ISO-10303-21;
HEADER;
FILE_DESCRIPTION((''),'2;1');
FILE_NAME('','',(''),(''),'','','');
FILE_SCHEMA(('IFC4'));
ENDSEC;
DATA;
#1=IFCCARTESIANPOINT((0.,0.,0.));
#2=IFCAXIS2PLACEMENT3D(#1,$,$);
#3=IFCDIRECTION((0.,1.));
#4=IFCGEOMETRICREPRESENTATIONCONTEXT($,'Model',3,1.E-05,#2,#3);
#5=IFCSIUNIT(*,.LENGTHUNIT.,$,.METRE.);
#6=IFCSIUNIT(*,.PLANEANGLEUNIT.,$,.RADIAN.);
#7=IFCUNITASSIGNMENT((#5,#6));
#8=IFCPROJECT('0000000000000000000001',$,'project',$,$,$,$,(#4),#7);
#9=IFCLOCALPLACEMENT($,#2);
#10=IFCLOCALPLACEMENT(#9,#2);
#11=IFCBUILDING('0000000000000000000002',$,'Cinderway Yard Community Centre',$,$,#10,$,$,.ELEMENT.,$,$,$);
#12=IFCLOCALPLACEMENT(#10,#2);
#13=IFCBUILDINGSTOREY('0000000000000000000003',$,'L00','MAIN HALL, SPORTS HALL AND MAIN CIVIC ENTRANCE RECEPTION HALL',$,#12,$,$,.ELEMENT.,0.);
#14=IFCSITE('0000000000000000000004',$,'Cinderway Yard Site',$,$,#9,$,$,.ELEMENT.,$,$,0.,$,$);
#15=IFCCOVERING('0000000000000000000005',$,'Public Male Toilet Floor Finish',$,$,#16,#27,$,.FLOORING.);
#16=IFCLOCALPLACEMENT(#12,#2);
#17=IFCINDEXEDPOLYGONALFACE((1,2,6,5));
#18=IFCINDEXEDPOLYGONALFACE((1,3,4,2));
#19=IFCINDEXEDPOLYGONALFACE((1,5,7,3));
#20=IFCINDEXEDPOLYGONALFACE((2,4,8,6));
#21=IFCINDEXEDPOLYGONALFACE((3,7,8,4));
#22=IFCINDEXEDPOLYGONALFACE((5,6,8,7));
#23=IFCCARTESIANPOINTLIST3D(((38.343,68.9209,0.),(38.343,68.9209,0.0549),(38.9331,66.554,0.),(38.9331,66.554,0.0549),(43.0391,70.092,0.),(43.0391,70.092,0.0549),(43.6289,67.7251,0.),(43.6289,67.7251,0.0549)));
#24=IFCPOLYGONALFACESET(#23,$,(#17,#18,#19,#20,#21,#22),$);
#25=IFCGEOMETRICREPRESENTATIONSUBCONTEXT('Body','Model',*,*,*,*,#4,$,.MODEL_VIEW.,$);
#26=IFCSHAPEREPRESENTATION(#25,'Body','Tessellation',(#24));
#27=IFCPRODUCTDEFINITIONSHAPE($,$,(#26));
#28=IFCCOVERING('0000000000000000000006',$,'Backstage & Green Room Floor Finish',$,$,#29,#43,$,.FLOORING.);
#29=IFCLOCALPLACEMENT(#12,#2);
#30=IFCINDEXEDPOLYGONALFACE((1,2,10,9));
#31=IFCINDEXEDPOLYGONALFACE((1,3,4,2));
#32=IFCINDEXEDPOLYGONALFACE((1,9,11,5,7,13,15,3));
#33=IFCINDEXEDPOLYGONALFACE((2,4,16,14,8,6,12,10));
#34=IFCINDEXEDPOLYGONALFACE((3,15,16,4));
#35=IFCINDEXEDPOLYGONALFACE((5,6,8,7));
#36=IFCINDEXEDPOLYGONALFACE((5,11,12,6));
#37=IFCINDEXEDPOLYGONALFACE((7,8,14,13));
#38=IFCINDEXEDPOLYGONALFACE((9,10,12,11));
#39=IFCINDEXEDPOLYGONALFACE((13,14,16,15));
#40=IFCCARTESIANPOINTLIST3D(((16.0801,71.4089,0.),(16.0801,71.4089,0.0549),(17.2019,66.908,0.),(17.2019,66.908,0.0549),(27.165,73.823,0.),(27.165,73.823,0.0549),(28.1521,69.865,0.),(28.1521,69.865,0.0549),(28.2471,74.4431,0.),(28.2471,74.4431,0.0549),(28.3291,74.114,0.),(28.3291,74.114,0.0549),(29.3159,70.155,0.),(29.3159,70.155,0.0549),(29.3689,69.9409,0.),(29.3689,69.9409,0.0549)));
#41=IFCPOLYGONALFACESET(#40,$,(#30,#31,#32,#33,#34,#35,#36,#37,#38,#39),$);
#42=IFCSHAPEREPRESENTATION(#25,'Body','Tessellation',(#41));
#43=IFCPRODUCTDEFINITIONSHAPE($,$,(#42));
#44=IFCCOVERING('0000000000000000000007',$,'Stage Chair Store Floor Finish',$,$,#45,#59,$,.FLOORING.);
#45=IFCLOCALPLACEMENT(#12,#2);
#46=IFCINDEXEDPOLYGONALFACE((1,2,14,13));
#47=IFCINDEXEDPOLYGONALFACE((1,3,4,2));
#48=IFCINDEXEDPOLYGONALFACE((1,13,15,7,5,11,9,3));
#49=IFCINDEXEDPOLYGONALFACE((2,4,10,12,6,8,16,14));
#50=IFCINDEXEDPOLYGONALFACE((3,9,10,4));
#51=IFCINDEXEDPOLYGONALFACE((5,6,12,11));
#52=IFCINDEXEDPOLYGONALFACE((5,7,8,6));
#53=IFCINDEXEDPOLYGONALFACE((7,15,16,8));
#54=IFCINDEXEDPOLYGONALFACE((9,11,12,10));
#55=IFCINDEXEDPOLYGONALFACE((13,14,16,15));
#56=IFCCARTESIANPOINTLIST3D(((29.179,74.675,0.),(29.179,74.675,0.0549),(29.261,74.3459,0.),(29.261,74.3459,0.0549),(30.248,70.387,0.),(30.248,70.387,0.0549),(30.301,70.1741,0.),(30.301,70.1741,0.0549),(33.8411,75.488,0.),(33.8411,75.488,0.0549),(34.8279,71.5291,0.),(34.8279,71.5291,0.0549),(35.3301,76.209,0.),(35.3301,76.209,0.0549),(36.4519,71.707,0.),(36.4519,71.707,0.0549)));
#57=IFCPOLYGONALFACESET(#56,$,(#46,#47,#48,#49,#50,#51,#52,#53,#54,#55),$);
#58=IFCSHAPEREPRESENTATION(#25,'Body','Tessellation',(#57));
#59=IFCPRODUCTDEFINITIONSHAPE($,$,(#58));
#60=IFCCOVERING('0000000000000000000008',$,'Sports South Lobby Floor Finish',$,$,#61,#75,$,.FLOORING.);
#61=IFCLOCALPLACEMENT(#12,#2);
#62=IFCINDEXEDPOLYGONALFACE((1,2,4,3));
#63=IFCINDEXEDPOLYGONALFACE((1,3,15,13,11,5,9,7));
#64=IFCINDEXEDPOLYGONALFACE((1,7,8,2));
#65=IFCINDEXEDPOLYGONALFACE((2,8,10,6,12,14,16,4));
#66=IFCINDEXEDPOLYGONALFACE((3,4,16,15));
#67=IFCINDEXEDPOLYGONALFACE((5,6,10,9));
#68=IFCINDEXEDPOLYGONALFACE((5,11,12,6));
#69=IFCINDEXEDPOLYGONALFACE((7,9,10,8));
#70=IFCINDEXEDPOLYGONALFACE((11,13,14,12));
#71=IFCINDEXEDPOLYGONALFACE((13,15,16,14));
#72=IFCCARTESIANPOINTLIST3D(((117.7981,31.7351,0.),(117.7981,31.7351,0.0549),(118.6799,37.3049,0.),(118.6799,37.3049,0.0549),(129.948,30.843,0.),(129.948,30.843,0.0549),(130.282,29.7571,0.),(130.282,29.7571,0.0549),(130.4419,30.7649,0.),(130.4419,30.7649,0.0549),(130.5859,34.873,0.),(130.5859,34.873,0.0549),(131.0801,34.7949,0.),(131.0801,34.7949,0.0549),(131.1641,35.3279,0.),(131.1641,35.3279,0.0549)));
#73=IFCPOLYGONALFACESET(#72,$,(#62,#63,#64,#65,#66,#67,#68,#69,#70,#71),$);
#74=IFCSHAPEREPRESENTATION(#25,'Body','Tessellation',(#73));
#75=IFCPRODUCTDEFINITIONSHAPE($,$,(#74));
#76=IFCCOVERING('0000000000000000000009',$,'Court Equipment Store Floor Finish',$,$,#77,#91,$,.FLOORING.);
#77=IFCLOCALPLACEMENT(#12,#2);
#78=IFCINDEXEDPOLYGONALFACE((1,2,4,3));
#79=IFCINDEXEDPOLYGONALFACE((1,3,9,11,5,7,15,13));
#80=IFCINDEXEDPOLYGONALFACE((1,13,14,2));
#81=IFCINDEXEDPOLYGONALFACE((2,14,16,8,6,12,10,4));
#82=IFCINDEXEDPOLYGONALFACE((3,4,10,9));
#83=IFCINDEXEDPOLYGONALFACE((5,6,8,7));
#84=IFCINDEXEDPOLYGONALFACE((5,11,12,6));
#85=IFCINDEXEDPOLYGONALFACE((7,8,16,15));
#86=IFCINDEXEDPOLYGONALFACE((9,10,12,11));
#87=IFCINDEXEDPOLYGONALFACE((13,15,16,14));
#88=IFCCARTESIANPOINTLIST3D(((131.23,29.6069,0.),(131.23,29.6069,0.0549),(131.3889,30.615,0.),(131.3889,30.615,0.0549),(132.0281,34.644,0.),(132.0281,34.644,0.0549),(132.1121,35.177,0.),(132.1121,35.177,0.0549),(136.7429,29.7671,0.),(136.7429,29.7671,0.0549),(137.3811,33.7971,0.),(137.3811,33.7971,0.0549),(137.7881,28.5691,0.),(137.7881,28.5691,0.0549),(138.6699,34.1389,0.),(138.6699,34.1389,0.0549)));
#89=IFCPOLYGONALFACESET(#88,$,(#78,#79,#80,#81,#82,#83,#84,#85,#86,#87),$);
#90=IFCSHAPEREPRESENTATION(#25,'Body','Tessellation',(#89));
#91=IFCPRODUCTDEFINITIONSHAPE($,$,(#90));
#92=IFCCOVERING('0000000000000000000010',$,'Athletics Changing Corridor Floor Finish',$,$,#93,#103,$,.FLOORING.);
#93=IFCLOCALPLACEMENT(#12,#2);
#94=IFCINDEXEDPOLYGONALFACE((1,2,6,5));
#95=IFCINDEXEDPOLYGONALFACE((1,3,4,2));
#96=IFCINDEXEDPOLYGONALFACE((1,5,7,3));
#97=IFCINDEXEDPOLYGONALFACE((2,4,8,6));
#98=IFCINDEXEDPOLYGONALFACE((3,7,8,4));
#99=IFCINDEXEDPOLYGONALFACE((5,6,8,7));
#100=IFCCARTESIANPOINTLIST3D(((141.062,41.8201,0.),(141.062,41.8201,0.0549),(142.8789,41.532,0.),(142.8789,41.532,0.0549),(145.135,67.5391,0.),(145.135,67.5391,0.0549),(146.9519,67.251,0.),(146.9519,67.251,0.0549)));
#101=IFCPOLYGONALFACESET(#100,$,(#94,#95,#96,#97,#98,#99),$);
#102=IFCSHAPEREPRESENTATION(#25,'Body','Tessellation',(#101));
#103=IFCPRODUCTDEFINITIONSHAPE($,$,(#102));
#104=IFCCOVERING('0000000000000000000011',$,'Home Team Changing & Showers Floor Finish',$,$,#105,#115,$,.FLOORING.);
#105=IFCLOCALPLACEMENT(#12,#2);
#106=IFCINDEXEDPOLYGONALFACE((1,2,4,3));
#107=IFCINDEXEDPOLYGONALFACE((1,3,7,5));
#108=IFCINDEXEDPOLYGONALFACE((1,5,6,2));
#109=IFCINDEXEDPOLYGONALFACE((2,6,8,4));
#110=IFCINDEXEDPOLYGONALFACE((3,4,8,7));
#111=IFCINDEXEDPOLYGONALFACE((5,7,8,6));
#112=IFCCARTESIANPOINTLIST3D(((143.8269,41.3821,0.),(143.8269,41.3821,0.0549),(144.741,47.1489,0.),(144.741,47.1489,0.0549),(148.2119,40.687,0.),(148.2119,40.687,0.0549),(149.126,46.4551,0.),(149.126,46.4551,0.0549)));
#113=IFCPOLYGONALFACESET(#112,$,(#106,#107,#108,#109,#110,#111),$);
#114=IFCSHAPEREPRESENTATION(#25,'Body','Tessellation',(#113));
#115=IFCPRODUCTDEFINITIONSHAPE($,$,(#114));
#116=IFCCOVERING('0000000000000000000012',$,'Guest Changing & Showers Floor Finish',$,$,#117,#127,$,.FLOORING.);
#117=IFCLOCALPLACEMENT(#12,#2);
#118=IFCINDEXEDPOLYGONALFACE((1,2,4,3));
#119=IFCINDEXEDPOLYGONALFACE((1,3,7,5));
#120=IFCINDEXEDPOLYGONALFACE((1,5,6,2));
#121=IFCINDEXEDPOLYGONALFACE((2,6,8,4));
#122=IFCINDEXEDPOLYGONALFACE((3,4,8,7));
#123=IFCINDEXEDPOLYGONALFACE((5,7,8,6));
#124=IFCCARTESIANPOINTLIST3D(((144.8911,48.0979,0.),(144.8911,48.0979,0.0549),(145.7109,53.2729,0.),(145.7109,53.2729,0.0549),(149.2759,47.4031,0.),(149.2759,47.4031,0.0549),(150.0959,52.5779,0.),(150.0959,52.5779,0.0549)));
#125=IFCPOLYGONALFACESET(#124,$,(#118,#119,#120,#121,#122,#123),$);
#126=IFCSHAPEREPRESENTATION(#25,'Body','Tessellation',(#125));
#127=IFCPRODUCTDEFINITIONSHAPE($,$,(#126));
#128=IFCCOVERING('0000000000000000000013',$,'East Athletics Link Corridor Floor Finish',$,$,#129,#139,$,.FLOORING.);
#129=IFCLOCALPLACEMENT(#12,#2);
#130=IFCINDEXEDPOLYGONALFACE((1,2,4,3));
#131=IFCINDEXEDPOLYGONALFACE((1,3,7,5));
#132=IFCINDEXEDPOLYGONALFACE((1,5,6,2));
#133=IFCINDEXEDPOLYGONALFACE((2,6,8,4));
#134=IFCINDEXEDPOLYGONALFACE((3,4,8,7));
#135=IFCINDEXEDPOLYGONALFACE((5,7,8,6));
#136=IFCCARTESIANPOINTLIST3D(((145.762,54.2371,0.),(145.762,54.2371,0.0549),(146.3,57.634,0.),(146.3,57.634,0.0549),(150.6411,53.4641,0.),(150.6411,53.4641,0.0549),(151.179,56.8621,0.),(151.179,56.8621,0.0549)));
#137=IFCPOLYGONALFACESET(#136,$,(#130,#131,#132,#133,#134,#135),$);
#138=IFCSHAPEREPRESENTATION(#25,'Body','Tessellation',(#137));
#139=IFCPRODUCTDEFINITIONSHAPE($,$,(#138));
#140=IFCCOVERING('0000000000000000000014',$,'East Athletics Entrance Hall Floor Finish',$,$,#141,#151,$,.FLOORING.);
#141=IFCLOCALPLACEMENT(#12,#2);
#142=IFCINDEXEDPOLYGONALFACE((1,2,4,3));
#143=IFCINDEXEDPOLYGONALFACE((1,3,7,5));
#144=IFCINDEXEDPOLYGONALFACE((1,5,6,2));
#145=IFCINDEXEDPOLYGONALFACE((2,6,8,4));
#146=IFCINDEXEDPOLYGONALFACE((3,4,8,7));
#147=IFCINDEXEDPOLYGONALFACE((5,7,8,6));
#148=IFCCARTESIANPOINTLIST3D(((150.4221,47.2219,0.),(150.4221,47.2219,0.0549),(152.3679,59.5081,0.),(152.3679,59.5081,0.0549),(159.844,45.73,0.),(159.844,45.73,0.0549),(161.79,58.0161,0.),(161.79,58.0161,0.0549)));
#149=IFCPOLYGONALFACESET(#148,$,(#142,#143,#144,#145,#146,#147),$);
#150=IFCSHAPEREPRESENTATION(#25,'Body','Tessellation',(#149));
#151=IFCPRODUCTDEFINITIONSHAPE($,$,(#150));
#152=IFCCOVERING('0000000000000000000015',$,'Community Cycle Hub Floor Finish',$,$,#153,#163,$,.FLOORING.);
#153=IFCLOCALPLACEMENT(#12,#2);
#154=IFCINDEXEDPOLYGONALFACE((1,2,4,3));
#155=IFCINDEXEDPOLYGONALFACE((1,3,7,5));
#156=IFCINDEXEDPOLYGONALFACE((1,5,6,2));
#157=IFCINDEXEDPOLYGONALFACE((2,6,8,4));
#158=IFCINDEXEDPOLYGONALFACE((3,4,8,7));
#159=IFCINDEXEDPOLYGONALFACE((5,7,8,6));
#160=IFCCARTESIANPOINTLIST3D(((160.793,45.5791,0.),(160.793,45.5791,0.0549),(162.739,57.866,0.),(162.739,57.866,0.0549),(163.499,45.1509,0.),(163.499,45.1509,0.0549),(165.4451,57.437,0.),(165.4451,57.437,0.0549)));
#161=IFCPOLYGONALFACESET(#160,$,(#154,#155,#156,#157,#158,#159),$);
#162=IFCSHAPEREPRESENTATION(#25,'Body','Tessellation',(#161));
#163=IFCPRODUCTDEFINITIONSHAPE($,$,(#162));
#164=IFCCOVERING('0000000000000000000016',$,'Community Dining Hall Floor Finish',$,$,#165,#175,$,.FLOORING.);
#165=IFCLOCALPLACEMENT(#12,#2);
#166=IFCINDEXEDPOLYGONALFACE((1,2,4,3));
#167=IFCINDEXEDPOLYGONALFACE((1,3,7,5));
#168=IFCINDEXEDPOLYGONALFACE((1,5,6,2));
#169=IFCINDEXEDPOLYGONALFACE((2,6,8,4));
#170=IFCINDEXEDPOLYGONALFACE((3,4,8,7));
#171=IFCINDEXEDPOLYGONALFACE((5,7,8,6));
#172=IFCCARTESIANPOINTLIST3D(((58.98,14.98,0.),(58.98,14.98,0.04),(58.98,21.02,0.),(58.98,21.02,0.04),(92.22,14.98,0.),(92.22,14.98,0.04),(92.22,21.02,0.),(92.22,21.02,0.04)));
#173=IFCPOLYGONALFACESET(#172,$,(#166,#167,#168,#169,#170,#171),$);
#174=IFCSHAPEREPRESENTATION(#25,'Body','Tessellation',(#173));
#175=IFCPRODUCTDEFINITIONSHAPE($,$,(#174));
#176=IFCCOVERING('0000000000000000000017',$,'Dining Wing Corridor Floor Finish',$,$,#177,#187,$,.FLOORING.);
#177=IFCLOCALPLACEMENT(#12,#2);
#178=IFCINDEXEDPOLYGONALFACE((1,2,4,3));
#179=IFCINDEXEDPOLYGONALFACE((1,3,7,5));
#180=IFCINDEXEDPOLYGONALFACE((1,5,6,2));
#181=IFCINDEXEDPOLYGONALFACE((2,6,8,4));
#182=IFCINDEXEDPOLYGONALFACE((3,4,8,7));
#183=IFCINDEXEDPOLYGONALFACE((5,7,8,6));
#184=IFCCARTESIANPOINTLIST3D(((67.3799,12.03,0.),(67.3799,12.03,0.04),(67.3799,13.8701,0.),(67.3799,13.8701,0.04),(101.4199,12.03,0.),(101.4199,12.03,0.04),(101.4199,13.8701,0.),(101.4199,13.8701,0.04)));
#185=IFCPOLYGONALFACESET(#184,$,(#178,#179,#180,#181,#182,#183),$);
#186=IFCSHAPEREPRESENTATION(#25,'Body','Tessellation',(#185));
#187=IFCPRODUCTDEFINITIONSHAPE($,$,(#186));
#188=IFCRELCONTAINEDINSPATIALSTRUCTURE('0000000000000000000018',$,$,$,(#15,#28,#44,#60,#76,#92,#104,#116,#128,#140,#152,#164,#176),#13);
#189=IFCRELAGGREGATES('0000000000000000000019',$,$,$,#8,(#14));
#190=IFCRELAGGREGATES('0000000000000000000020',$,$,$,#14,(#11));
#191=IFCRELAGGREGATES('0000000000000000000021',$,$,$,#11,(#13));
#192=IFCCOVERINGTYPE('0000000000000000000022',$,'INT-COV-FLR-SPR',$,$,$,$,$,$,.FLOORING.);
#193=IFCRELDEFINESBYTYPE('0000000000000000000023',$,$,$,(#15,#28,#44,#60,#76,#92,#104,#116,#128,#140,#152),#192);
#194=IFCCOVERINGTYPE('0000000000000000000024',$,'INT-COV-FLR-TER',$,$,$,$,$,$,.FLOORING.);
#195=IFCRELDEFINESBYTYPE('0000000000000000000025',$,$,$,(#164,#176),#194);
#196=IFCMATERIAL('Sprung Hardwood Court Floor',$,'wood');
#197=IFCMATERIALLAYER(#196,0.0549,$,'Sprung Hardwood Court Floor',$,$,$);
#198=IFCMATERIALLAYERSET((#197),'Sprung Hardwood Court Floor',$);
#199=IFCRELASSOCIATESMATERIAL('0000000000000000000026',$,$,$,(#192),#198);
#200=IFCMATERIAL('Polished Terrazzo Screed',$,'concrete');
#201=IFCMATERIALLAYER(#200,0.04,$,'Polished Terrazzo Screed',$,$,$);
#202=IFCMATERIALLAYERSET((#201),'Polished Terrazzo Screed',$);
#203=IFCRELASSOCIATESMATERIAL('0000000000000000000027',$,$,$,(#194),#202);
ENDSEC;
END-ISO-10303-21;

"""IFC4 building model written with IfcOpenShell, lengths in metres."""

from ifc_helpers import new_model, si_unit, direction, origin, place, context, subcontext, project, spatial, polyline, outline, extrude, material, layer, layer_set, type_object, element, save


model = new_model("IFC4")

# Units and contexts
model_context = context("Model", 3, precision=1e-05, world=origin(), true_north=direction((0.0, 1.0)))
body_context = subcontext(model_context, "Body", "Model", "MODEL_VIEW")
ifc_project = project(units=[si_unit("LENGTHUNIT", "METRE"), si_unit("PLANEANGLEUNIT", "RADIAN")], contexts=[model_context])

# Site, building, storey
site_placement = place(None, origin())
site = spatial("IfcSite", under=ifc_project, at=site_placement, Name="Cinderway Yard Site", CompositionType="ELEMENT", RefElevation=0.0)
building_placement = place(site_placement, origin())
building = spatial("IfcBuilding", under=site, at=building_placement, Name="Cinderway Yard Community Centre", CompositionType="ELEMENT")
storey_placement = place(building_placement, origin())
storey = spatial("IfcBuildingStorey", under=building, at=storey_placement, Name="L00", Description="MAIN HALL, SPORTS HALL AND MAIN CIVIC ENTRANCE RECEPTION HALL", CompositionType="ELEMENT", Elevation=0.0)

# Coverings
ifc_material_1 = material(Name="Sprung Hardwood Court Floor", Category="wood")
ifc_layer_1 = layer(ifc_material_1, 0.0549, Name="Sprung Hardwood Court Floor")
ifc_layer_set_1 = layer_set([ifc_layer_1], Name="Sprung Hardwood Court Floor")
covering_type_1 = type_object("IfcCoveringType", Name="INT-COV-FLR-SPR", PredefinedType="FLOORING", material=ifc_layer_set_1)
covering_1_placement = place(storey_placement, origin())
element("IfcCovering", 1, at=covering_1_placement, inside=storey, type_object=covering_type_1, Name="Public Male Toilet Floor Finish", PredefinedType="FLOORING", context=body_context, shape_type="SweptSolid", body=[
    extrude(outline(polyline([(38.343, 68.9209), (43.0391, 70.092), (43.6289, 67.7251), (38.9331, 66.554), (38.343, 68.9209)])), origin(), (0.0, 0.0, 1.0), 0.0549),
])
covering_2_placement = place(storey_placement, origin())
element("IfcCovering", 2, at=covering_2_placement, inside=storey, type_object=covering_type_1, Name="Backstage & Green Room Floor Finish", PredefinedType="FLOORING", context=body_context, shape_type="SweptSolid", body=[
    extrude(outline(polyline([(16.0801, 71.4089), (28.2471, 74.4431), (28.3291, 74.114), (27.165, 73.823), (28.1521, 69.865), (29.3159, 70.155), (29.3689, 69.9409), (17.2019, 66.908), (16.0801, 71.4089)])), origin(), (0.0, 0.0, 1.0), 0.0549),
])
covering_3_placement = place(storey_placement, origin())
element("IfcCovering", 3, at=covering_3_placement, inside=storey, type_object=covering_type_1, Name="Stage Chair Store Floor Finish", PredefinedType="FLOORING", context=body_context, shape_type="SweptSolid", body=[
    extrude(outline(polyline([(30.248, 70.387), (34.8279, 71.5291), (33.8411, 75.488), (29.261, 74.3459), (29.179, 74.675), (35.3301, 76.209), (36.4519, 71.707), (30.301, 70.1741), (30.248, 70.387)])), origin(), (0.0, 0.0, 1.0), 0.0549),
])
covering_4_placement = place(storey_placement, origin())
element("IfcCovering", 4, at=covering_4_placement, inside=storey, type_object=covering_type_1, Name="Sports South Lobby Floor Finish", PredefinedType="FLOORING", context=body_context, shape_type="SweptSolid", body=[
    extrude(outline(polyline([(118.6799, 37.3049), (131.1641, 35.3279), (131.0801, 34.7949), (130.5859, 34.873), (129.948, 30.843), (130.4419, 30.7649), (130.282, 29.7571), (117.7981, 31.7351), (118.6799, 37.3049)])), origin(), (0.0, 0.0, 1.0), 0.0549),
])
covering_5_placement = place(storey_placement, origin())
element("IfcCovering", 5, at=covering_5_placement, inside=storey, type_object=covering_type_1, Name="Court Equipment Store Floor Finish", PredefinedType="FLOORING", context=body_context, shape_type="SweptSolid", body=[
    extrude(outline(polyline([(131.3889, 30.615), (136.7429, 29.7671), (137.3811, 33.7971), (132.0281, 34.644), (132.1121, 35.177), (138.6699, 34.1389), (137.7881, 28.5691), (131.23, 29.6069), (131.3889, 30.615)])), origin(), (0.0, 0.0, 1.0), 0.0549),
])
covering_6_placement = place(storey_placement, origin())
element("IfcCovering", 6, at=covering_6_placement, inside=storey, type_object=covering_type_1, Name="Athletics Changing Corridor Floor Finish", PredefinedType="FLOORING", context=body_context, shape_type="SweptSolid", body=[
    extrude(outline(polyline([(145.135, 67.5391), (146.9519, 67.251), (142.8789, 41.532), (141.062, 41.8201), (145.135, 67.5391)])), origin(), (0.0, 0.0, 1.0), 0.0549),
])
covering_7_placement = place(storey_placement, origin())
element("IfcCovering", 7, at=covering_7_placement, inside=storey, type_object=covering_type_1, Name="Home Team Changing & Showers Floor Finish", PredefinedType="FLOORING", context=body_context, shape_type="SweptSolid", body=[
    extrude(outline(polyline([(144.741, 47.1489), (149.126, 46.4551), (148.2119, 40.687), (143.8269, 41.3821), (144.741, 47.1489)])), origin(), (0.0, 0.0, 1.0), 0.0549),
])
covering_8_placement = place(storey_placement, origin())
element("IfcCovering", 8, at=covering_8_placement, inside=storey, type_object=covering_type_1, Name="Guest Changing & Showers Floor Finish", PredefinedType="FLOORING", context=body_context, shape_type="SweptSolid", body=[
    extrude(outline(polyline([(145.7109, 53.2729), (150.0959, 52.5779), (149.2759, 47.4031), (144.8911, 48.0979), (145.7109, 53.2729)])), origin(), (0.0, 0.0, 1.0), 0.0549),
])
covering_9_placement = place(storey_placement, origin())
element("IfcCovering", 9, at=covering_9_placement, inside=storey, type_object=covering_type_1, Name="East Athletics Link Corridor Floor Finish", PredefinedType="FLOORING", context=body_context, shape_type="SweptSolid", body=[
    extrude(outline(polyline([(146.3, 57.634), (151.179, 56.8621), (150.6411, 53.4641), (145.762, 54.2371), (146.3, 57.634)])), origin(), (0.0, 0.0, 1.0), 0.0549),
])
covering_10_placement = place(storey_placement, origin())
element("IfcCovering", 10, at=covering_10_placement, inside=storey, type_object=covering_type_1, Name="East Athletics Entrance Hall Floor Finish", PredefinedType="FLOORING", context=body_context, shape_type="SweptSolid", body=[
    extrude(outline(polyline([(152.3679, 59.5081), (161.79, 58.0161), (159.844, 45.73), (150.4221, 47.2219), (152.3679, 59.5081)])), origin(), (0.0, 0.0, 1.0), 0.0549),
])
covering_11_placement = place(storey_placement, origin())
element("IfcCovering", 11, at=covering_11_placement, inside=storey, type_object=covering_type_1, Name="Community Cycle Hub Floor Finish", PredefinedType="FLOORING", context=body_context, shape_type="SweptSolid", body=[
    extrude(outline(polyline([(162.739, 57.866), (165.4451, 57.437), (163.499, 45.1509), (160.793, 45.5791), (162.739, 57.866)])), origin(), (0.0, 0.0, 1.0), 0.0549),
])
ifc_material_2 = material(Name="Polished Terrazzo Screed", Category="concrete")
ifc_layer_2 = layer(ifc_material_2, 0.04, Name="Polished Terrazzo Screed")
ifc_layer_set_2 = layer_set([ifc_layer_2], Name="Polished Terrazzo Screed")
covering_type_2 = type_object("IfcCoveringType", Name="INT-COV-FLR-TER", PredefinedType="FLOORING", material=ifc_layer_set_2)
covering_12_placement = place(storey_placement, origin())
element("IfcCovering", 12, at=covering_12_placement, inside=storey, type_object=covering_type_2, Name="Community Dining Hall Floor Finish", PredefinedType="FLOORING", context=body_context, shape_type="SweptSolid", body=[
    extrude(outline(polyline([(58.98, 21.02), (92.22, 21.02), (92.22, 14.98), (58.98, 14.98), (58.98, 21.02)])), origin(), (0.0, 0.0, 1.0), 0.04),
])
covering_13_placement = place(storey_placement, origin())
element("IfcCovering", 13, at=covering_13_placement, inside=storey, type_object=covering_type_2, Name="Dining Wing Corridor Floor Finish", PredefinedType="FLOORING", context=body_context, shape_type="SweptSolid", body=[
    extrude(outline(polyline([(67.3799, 13.8701), (101.4199, 13.8701), (101.4199, 12.03), (67.3799, 12.03), (67.3799, 13.8701)])), origin(), (0.0, 0.0, 1.0), 0.04),
])

save(model, "model.ifc")
